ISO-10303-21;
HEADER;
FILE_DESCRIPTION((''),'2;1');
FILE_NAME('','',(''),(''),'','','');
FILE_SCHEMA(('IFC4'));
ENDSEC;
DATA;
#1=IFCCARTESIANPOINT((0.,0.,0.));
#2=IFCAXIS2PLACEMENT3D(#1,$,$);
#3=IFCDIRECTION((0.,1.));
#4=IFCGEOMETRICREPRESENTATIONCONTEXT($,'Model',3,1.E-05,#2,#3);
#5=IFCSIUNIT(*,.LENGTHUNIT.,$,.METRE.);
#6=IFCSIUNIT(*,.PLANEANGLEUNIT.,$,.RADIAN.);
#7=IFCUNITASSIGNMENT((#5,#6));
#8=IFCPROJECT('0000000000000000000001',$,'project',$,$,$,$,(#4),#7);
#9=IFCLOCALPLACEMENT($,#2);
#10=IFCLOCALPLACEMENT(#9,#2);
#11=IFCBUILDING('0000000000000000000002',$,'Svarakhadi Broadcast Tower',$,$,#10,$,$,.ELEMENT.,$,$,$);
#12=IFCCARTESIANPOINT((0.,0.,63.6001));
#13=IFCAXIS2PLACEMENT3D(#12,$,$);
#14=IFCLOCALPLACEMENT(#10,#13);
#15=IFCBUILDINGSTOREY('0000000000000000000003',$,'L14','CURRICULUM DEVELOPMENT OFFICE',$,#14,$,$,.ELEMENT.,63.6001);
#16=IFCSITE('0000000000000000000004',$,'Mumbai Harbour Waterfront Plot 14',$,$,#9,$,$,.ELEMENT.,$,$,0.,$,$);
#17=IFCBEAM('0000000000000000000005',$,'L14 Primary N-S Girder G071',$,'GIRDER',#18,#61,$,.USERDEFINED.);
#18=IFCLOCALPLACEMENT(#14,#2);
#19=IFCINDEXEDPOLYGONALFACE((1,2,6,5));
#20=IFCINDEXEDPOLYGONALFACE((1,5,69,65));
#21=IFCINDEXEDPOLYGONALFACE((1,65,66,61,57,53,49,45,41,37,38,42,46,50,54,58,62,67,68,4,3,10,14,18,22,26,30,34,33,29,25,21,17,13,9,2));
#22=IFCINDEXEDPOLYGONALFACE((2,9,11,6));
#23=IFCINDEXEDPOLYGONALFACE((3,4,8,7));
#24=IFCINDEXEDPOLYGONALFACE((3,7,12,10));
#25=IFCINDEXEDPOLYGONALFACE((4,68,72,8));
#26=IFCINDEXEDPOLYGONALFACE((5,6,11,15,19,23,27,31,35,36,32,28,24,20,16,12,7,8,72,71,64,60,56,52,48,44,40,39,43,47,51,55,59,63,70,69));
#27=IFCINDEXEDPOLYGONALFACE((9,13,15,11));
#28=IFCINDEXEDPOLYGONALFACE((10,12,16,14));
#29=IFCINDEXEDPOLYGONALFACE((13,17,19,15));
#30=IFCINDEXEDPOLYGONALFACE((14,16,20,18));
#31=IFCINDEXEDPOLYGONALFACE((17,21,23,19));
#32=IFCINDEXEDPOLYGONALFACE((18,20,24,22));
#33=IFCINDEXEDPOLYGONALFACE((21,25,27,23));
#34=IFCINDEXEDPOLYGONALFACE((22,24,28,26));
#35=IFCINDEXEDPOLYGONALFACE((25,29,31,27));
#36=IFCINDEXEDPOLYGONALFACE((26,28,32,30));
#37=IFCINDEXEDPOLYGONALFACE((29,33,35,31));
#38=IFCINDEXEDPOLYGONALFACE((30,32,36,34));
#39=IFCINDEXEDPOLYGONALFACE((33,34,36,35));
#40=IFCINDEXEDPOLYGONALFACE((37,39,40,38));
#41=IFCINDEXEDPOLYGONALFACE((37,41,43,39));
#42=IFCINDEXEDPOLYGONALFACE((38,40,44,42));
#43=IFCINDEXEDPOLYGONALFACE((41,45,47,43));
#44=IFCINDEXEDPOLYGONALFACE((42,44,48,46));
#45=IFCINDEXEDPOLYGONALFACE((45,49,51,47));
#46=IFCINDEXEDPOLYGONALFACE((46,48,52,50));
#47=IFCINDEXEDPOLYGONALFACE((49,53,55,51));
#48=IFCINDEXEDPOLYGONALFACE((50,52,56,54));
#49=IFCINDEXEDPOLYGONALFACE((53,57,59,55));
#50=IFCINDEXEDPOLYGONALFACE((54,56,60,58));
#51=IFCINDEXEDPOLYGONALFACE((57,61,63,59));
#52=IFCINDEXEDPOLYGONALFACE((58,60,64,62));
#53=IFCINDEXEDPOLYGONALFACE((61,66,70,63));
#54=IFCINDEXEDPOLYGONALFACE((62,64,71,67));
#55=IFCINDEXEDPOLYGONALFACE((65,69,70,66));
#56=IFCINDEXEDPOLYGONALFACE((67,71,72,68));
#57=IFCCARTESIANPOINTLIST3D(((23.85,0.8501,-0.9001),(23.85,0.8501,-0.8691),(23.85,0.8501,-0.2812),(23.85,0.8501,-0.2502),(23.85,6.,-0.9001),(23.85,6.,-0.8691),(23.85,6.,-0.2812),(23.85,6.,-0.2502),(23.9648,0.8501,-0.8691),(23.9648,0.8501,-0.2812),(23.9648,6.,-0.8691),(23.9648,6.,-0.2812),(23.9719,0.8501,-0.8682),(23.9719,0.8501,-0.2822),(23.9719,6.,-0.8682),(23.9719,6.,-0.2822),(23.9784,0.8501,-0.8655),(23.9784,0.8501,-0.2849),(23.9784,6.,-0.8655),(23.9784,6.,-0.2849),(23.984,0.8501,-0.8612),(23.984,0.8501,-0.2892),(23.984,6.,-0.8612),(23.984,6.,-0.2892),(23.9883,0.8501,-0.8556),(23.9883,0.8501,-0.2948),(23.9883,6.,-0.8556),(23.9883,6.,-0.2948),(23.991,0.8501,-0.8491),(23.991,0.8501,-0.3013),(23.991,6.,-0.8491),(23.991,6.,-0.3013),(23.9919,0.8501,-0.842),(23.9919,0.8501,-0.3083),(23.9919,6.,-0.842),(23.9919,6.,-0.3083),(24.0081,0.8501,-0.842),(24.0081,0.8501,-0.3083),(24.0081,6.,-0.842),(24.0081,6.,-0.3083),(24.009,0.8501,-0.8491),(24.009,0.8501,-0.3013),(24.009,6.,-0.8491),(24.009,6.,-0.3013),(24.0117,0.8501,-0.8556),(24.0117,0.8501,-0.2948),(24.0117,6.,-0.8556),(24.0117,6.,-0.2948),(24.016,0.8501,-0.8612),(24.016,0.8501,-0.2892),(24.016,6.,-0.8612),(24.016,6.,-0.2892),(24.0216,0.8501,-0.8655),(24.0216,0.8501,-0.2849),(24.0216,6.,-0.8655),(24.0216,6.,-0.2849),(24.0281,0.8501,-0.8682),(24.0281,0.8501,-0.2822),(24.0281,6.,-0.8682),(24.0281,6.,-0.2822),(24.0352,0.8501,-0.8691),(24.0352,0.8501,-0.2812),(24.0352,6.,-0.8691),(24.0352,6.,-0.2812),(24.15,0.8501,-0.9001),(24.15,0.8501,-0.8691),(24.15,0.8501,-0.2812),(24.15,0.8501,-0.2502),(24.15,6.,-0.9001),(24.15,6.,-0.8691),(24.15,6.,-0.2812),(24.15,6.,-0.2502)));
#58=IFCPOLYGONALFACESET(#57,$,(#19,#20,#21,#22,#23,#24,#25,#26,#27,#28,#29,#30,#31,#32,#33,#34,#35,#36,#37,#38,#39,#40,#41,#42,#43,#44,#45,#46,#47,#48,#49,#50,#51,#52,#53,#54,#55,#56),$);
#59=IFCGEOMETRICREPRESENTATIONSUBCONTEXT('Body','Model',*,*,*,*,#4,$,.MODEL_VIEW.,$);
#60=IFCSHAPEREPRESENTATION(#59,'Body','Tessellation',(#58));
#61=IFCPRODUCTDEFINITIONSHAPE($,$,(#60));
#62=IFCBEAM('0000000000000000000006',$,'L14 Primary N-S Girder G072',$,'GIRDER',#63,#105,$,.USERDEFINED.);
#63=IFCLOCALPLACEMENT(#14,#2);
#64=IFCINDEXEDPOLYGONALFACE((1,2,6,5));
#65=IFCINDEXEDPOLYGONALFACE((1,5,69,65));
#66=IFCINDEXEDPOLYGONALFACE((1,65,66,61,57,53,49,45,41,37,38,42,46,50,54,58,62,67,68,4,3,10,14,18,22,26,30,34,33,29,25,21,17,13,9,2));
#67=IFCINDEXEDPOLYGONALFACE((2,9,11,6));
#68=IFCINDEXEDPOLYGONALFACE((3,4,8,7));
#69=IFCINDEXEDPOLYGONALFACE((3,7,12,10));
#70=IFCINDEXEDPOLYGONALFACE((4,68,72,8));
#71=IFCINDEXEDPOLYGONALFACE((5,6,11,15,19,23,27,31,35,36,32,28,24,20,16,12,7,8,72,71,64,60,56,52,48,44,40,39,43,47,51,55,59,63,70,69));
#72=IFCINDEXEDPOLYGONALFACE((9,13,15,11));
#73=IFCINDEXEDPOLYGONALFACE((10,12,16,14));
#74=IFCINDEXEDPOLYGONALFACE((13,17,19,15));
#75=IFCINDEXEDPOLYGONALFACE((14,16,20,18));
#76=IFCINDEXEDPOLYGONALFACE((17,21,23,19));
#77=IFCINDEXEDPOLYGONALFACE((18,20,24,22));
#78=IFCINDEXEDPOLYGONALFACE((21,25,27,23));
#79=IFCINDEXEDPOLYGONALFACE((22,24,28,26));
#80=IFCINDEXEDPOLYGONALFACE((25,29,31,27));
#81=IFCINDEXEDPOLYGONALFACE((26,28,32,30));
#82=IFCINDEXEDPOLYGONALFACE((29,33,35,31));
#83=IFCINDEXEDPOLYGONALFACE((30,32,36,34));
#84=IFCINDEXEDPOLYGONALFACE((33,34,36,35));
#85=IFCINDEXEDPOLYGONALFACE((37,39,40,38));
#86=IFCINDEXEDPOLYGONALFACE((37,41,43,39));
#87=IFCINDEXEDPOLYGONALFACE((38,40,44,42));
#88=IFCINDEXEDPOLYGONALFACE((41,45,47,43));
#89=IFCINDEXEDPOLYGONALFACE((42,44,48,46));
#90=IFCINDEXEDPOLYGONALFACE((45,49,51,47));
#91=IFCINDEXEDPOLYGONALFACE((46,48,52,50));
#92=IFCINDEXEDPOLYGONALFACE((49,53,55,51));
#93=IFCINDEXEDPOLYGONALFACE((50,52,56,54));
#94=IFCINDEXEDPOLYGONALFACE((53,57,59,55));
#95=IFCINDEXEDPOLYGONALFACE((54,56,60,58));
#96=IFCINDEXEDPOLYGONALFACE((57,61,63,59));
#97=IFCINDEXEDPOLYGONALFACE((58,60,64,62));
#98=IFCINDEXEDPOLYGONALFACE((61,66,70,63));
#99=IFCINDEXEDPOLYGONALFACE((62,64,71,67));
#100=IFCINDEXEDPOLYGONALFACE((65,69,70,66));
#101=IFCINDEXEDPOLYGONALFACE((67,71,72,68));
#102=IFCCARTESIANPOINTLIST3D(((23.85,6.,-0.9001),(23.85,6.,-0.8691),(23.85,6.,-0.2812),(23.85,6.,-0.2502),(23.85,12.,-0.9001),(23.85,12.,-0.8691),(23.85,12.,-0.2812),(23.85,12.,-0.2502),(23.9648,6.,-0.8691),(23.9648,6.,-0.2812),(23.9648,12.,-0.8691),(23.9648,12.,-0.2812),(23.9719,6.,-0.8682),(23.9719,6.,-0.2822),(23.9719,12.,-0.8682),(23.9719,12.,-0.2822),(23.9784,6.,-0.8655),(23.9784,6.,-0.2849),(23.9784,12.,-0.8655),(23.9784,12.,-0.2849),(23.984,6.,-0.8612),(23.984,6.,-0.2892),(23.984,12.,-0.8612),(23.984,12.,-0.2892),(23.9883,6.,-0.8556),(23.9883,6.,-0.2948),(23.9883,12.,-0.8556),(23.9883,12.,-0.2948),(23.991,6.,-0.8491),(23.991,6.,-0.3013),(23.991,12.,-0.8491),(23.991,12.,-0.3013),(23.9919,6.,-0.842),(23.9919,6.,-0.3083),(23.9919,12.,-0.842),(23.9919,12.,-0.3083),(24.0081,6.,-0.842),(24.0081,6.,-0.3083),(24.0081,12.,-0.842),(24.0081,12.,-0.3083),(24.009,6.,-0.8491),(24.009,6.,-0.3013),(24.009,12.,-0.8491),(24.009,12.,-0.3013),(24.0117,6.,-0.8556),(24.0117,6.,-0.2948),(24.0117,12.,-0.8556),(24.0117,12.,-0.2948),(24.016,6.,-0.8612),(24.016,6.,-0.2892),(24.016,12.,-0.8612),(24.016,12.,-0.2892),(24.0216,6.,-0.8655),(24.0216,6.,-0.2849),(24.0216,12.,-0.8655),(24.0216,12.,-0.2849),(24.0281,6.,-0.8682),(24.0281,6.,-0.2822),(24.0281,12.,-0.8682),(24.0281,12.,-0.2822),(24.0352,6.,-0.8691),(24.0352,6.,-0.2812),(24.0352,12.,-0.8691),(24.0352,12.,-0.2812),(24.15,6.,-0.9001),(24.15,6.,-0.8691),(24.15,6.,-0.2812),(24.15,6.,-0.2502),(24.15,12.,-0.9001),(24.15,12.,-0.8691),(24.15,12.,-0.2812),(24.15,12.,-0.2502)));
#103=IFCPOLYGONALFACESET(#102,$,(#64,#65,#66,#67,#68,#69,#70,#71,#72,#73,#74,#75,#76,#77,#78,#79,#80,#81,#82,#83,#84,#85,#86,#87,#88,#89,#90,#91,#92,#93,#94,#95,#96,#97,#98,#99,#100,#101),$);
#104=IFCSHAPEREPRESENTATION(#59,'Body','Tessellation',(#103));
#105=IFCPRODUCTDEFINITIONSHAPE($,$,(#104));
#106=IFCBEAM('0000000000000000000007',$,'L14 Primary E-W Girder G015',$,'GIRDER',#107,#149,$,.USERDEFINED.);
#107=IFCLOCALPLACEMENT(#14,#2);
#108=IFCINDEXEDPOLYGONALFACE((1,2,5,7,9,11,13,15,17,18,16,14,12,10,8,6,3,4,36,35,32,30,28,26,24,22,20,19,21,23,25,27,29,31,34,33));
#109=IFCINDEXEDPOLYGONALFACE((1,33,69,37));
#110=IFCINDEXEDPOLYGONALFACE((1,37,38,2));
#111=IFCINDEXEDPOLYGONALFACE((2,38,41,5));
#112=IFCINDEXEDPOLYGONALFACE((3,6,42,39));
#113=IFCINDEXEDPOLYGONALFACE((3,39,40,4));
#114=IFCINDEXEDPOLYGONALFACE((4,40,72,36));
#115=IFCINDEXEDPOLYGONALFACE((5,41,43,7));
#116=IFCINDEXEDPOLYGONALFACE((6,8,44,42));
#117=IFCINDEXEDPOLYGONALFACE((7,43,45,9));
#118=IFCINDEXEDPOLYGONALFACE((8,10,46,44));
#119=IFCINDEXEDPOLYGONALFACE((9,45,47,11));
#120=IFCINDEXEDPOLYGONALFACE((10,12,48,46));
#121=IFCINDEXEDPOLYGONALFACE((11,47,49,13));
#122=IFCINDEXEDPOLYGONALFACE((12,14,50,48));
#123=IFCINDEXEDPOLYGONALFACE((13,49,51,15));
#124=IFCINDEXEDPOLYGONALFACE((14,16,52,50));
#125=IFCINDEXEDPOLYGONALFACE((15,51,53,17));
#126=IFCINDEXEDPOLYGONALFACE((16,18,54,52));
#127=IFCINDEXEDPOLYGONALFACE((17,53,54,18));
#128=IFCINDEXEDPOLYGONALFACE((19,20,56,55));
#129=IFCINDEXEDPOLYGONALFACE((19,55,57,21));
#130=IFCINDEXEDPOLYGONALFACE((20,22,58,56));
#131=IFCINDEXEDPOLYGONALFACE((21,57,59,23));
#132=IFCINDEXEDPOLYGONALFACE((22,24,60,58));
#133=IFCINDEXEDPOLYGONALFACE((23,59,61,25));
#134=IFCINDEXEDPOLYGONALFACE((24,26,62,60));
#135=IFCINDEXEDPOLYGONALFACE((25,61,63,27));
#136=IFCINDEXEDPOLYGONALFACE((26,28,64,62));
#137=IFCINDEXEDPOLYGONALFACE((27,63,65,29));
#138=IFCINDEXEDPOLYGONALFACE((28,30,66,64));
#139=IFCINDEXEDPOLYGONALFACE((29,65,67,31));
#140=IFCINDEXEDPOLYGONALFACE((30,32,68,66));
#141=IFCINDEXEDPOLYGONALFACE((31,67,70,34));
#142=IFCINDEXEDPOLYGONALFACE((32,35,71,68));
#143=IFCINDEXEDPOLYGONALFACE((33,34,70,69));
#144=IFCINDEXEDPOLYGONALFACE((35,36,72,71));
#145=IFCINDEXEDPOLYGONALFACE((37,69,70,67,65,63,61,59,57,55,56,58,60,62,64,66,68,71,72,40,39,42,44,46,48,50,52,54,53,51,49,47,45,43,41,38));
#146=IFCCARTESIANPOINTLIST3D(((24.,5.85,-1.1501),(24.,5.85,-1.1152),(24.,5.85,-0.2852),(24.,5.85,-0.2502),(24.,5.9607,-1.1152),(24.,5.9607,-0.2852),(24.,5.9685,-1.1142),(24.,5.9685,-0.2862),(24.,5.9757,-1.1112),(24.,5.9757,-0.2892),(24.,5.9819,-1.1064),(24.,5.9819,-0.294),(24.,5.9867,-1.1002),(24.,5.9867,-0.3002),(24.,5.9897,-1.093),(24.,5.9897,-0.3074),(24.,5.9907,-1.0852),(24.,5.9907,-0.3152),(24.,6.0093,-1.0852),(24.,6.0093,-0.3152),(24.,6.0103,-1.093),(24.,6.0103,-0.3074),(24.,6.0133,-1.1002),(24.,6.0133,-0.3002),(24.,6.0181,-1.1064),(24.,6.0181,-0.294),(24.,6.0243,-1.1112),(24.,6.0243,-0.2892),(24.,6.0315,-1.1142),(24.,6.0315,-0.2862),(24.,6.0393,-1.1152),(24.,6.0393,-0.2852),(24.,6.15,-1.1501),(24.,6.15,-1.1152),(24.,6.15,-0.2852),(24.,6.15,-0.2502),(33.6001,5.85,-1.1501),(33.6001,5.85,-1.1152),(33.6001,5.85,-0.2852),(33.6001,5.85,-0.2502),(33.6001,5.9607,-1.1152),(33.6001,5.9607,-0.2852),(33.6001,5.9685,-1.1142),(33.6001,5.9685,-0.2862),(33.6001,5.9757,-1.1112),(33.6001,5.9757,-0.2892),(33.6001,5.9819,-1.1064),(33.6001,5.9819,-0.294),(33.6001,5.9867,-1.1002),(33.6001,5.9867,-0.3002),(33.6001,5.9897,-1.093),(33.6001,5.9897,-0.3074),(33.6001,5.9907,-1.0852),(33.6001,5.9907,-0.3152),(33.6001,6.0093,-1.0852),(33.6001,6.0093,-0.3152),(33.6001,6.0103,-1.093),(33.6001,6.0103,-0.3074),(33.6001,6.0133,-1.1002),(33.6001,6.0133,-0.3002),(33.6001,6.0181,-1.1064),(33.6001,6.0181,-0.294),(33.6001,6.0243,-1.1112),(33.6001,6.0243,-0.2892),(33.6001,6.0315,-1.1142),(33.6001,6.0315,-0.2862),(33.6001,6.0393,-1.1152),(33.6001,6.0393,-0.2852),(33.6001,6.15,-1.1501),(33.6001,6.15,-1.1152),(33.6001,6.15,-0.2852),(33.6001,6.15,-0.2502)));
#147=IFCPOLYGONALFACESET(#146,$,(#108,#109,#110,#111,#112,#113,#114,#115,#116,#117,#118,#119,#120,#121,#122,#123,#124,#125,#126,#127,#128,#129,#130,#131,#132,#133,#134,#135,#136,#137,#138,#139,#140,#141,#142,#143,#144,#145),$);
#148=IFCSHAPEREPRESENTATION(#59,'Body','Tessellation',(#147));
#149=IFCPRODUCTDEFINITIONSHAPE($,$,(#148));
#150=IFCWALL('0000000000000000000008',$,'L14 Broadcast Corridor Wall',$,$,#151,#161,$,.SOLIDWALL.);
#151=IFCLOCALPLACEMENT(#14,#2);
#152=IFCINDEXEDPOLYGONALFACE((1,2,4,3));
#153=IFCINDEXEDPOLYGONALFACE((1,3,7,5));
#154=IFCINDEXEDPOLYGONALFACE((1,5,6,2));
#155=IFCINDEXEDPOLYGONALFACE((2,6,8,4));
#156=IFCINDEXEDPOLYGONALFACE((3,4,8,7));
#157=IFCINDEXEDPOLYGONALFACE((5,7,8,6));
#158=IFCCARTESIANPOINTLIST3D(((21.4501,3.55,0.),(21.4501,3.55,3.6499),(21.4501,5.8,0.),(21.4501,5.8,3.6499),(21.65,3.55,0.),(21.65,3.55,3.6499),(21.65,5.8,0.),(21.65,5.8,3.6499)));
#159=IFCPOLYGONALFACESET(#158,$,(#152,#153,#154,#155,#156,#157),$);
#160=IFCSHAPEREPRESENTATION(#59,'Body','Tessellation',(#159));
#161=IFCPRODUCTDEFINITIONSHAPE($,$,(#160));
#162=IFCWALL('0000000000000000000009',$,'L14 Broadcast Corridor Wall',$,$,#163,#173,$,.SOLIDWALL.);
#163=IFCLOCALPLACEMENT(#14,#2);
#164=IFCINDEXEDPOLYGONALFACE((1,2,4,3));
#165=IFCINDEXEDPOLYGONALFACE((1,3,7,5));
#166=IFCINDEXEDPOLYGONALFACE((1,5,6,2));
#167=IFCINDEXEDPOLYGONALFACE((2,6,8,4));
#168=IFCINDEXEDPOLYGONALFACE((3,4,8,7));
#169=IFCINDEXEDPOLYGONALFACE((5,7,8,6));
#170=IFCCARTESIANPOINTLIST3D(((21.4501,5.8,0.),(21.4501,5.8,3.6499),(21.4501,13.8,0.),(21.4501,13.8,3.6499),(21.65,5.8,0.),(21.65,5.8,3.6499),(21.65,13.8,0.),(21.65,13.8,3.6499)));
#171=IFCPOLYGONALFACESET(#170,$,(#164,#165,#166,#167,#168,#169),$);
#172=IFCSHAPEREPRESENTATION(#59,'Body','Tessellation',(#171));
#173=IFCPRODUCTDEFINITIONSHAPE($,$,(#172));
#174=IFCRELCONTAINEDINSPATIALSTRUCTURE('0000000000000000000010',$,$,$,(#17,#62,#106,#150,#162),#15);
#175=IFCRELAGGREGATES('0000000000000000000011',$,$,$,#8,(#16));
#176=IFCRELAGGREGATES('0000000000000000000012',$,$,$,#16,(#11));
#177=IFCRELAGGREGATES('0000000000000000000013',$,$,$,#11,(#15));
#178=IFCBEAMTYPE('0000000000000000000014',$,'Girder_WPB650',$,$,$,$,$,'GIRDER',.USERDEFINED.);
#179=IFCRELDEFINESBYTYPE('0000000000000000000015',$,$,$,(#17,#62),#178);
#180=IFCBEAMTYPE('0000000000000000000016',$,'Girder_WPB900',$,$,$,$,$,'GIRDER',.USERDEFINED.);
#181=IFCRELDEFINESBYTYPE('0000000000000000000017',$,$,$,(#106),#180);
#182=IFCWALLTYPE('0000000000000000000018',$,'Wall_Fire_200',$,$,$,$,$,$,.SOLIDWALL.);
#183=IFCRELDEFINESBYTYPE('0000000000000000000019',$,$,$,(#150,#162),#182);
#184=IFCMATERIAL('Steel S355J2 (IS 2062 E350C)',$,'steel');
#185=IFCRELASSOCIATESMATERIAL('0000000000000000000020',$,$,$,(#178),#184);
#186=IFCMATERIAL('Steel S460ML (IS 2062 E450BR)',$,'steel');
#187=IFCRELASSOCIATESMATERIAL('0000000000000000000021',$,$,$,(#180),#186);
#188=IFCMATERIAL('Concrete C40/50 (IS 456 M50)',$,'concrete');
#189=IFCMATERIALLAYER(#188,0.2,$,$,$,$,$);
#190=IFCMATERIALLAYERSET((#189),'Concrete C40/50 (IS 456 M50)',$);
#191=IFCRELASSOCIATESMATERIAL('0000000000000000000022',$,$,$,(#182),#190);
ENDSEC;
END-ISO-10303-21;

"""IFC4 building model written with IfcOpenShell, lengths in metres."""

from ifc_helpers import new_model, si_unit, direction, frame, frame_2d, origin, origin_2d, place, context, subcontext, project, spatial, rectangle, i_section, extrude, material, layer, layer_set, material_profile, profile_set, type_object, element, save


model = new_model("IFC4")

# Units and contexts
model_context = context("Model", 3, precision=1e-05, world=origin(), true_north=direction((0.0, 1.0)))
body_context = subcontext(model_context, "Body", "Model", "MODEL_VIEW")
ifc_project = project(units=[si_unit("LENGTHUNIT", "METRE"), si_unit("PLANEANGLEUNIT", "RADIAN")], contexts=[model_context])

# Site, building, storey
site_placement = place(None, origin())
site = spatial("IfcSite", under=ifc_project, at=site_placement, Name="Mumbai Harbour Waterfront Plot 14", CompositionType="ELEMENT", RefElevation=0.0)
building_placement = place(site_placement, origin())
building = spatial("IfcBuilding", under=site, at=building_placement, Name="Svarakhadi Broadcast Tower", CompositionType="ELEMENT")
storey_placement = place(building_placement, frame((0.0, 0.0, 63.6001)))
storey = spatial("IfcBuildingStorey", under=building, at=storey_placement, Name="L14", Description="CURRICULUM DEVELOPMENT OFFICE", CompositionType="ELEMENT", Elevation=63.6001)

# Beams
ifc_material_1 = material(Name="Steel S355J2 (IS 2062 E350C)", Category="steel")
ifc_material_profile_1 = material_profile(ifc_material_1, i_section(OverallWidth=0.3, OverallDepth=0.6499, WebThickness=0.0161, FlangeThickness=0.031, FilletRadius=0.0271, at=origin_2d()), Name="WPB 650x300x225")
ifc_profile_set_1 = profile_set([ifc_material_profile_1], Name="Steel S355J2 (IS 2062 E350C)")
beam_type_1 = type_object("IfcBeamType", Name="Girder_WPB650", ElementType="GIRDER", PredefinedType="USERDEFINED", material=ifc_profile_set_1)
beam_1_placement = place(storey_placement, frame((24.0, 0.8501, -0.5752), z_axis=(0.0, 1.0, 0.0), x_axis=(-1.0, 0.0, 0.0)))
element("IfcBeam", 1, at=beam_1_placement, inside=storey, type_object=beam_type_1, Name="L14 Primary N-S Girder G071", ObjectType="GIRDER", PredefinedType="USERDEFINED", context=body_context, shape_type="SweptSolid", body=[
    extrude(i_section(OverallWidth=0.3, OverallDepth=0.6499, WebThickness=0.0161, FlangeThickness=0.031, FilletRadius=0.0271, at=origin_2d()), origin(), (0.0, 0.0, 1.0), 5.1499),
])
beam_2_placement = place(storey_placement, frame((24.0, 6.0, -0.5752), z_axis=(0.0, 1.0, 0.0), x_axis=(-1.0, 0.0, 0.0)))
element("IfcBeam", 2, at=beam_2_placement, inside=storey, type_object=beam_type_1, Name="L14 Primary N-S Girder G072", ObjectType="GIRDER", PredefinedType="USERDEFINED", context=body_context, shape_type="SweptSolid", body=[
    extrude(i_section(OverallWidth=0.3, OverallDepth=0.6499, WebThickness=0.0161, FlangeThickness=0.031, FilletRadius=0.0271, at=origin_2d()), origin(), (0.0, 0.0, 1.0), 6.0),
])
ifc_material_2 = material(Name="Steel S460ML (IS 2062 E450BR)", Category="steel")
ifc_material_profile_2 = material_profile(ifc_material_2, i_section(OverallWidth=0.3, OverallDepth=0.8999, WebThickness=0.0186, FlangeThickness=0.0349, FilletRadius=0.03, at=origin_2d()), Name="WPB 900x300x291")
ifc_profile_set_2 = profile_set([ifc_material_profile_2], Name="Steel S460ML (IS 2062 E450BR)")
beam_type_2 = type_object("IfcBeamType", Name="Girder_WPB900", ElementType="GIRDER", PredefinedType="USERDEFINED", material=ifc_profile_set_2)
beam_3_placement = place(storey_placement, frame((24.0, 6.0, -0.7002), z_axis=(1.0, 0.0, 0.0), x_axis=(0.0, 1.0, 0.0)))
element("IfcBeam", 3, at=beam_3_placement, inside=storey, type_object=beam_type_2, Name="L14 Primary E-W Girder G015", ObjectType="GIRDER", PredefinedType="USERDEFINED", context=body_context, shape_type="SweptSolid", body=[
    extrude(i_section(OverallWidth=0.3, OverallDepth=0.8999, WebThickness=0.0186, FlangeThickness=0.0349, FilletRadius=0.03, at=origin_2d()), origin(), (0.0, 0.0, 1.0), 9.6001),
])

# Walls
ifc_material_3 = material(Name="Concrete C40/50 (IS 456 M50)", Category="concrete")
ifc_layer_1 = layer(ifc_material_3, 0.2)
ifc_layer_set_1 = layer_set([ifc_layer_1], Name="Concrete C40/50 (IS 456 M50)")
wall_type_1 = type_object("IfcWallType", Name="Wall_Fire_200", PredefinedType="SOLIDWALL", material=ifc_layer_set_1)
wall_1_placement = place(storey_placement, frame((21.55, 3.55, 0.0), z_axis=(0.0, 0.0, 1.0), x_axis=(0.0, 1.0, 0.0)))
element("IfcWall", 4, at=wall_1_placement, inside=storey, type_object=wall_type_1, Name="L14 Broadcast Corridor Wall", PredefinedType="SOLIDWALL", context=body_context, shape_type="SweptSolid", body=[
    extrude(rectangle(XDim=2.25, YDim=0.2, at=frame_2d((1.125, 0.0))), origin(), (0.0, 0.0, 1.0), 3.6499),
])
wall_2_placement = place(storey_placement, frame((21.55, 5.8, 0.0), z_axis=(0.0, 0.0, 1.0), x_axis=(0.0, 1.0, 0.0)))
element("IfcWall", 5, at=wall_2_placement, inside=storey, type_object=wall_type_1, Name="L14 Broadcast Corridor Wall", PredefinedType="SOLIDWALL", context=body_context, shape_type="SweptSolid", body=[
    extrude(rectangle(XDim=8.0, YDim=0.2, at=frame_2d((4.0, 0.0))), origin(), (0.0, 0.0, 1.0), 3.6499),
])

save(model, "model.ifc")
